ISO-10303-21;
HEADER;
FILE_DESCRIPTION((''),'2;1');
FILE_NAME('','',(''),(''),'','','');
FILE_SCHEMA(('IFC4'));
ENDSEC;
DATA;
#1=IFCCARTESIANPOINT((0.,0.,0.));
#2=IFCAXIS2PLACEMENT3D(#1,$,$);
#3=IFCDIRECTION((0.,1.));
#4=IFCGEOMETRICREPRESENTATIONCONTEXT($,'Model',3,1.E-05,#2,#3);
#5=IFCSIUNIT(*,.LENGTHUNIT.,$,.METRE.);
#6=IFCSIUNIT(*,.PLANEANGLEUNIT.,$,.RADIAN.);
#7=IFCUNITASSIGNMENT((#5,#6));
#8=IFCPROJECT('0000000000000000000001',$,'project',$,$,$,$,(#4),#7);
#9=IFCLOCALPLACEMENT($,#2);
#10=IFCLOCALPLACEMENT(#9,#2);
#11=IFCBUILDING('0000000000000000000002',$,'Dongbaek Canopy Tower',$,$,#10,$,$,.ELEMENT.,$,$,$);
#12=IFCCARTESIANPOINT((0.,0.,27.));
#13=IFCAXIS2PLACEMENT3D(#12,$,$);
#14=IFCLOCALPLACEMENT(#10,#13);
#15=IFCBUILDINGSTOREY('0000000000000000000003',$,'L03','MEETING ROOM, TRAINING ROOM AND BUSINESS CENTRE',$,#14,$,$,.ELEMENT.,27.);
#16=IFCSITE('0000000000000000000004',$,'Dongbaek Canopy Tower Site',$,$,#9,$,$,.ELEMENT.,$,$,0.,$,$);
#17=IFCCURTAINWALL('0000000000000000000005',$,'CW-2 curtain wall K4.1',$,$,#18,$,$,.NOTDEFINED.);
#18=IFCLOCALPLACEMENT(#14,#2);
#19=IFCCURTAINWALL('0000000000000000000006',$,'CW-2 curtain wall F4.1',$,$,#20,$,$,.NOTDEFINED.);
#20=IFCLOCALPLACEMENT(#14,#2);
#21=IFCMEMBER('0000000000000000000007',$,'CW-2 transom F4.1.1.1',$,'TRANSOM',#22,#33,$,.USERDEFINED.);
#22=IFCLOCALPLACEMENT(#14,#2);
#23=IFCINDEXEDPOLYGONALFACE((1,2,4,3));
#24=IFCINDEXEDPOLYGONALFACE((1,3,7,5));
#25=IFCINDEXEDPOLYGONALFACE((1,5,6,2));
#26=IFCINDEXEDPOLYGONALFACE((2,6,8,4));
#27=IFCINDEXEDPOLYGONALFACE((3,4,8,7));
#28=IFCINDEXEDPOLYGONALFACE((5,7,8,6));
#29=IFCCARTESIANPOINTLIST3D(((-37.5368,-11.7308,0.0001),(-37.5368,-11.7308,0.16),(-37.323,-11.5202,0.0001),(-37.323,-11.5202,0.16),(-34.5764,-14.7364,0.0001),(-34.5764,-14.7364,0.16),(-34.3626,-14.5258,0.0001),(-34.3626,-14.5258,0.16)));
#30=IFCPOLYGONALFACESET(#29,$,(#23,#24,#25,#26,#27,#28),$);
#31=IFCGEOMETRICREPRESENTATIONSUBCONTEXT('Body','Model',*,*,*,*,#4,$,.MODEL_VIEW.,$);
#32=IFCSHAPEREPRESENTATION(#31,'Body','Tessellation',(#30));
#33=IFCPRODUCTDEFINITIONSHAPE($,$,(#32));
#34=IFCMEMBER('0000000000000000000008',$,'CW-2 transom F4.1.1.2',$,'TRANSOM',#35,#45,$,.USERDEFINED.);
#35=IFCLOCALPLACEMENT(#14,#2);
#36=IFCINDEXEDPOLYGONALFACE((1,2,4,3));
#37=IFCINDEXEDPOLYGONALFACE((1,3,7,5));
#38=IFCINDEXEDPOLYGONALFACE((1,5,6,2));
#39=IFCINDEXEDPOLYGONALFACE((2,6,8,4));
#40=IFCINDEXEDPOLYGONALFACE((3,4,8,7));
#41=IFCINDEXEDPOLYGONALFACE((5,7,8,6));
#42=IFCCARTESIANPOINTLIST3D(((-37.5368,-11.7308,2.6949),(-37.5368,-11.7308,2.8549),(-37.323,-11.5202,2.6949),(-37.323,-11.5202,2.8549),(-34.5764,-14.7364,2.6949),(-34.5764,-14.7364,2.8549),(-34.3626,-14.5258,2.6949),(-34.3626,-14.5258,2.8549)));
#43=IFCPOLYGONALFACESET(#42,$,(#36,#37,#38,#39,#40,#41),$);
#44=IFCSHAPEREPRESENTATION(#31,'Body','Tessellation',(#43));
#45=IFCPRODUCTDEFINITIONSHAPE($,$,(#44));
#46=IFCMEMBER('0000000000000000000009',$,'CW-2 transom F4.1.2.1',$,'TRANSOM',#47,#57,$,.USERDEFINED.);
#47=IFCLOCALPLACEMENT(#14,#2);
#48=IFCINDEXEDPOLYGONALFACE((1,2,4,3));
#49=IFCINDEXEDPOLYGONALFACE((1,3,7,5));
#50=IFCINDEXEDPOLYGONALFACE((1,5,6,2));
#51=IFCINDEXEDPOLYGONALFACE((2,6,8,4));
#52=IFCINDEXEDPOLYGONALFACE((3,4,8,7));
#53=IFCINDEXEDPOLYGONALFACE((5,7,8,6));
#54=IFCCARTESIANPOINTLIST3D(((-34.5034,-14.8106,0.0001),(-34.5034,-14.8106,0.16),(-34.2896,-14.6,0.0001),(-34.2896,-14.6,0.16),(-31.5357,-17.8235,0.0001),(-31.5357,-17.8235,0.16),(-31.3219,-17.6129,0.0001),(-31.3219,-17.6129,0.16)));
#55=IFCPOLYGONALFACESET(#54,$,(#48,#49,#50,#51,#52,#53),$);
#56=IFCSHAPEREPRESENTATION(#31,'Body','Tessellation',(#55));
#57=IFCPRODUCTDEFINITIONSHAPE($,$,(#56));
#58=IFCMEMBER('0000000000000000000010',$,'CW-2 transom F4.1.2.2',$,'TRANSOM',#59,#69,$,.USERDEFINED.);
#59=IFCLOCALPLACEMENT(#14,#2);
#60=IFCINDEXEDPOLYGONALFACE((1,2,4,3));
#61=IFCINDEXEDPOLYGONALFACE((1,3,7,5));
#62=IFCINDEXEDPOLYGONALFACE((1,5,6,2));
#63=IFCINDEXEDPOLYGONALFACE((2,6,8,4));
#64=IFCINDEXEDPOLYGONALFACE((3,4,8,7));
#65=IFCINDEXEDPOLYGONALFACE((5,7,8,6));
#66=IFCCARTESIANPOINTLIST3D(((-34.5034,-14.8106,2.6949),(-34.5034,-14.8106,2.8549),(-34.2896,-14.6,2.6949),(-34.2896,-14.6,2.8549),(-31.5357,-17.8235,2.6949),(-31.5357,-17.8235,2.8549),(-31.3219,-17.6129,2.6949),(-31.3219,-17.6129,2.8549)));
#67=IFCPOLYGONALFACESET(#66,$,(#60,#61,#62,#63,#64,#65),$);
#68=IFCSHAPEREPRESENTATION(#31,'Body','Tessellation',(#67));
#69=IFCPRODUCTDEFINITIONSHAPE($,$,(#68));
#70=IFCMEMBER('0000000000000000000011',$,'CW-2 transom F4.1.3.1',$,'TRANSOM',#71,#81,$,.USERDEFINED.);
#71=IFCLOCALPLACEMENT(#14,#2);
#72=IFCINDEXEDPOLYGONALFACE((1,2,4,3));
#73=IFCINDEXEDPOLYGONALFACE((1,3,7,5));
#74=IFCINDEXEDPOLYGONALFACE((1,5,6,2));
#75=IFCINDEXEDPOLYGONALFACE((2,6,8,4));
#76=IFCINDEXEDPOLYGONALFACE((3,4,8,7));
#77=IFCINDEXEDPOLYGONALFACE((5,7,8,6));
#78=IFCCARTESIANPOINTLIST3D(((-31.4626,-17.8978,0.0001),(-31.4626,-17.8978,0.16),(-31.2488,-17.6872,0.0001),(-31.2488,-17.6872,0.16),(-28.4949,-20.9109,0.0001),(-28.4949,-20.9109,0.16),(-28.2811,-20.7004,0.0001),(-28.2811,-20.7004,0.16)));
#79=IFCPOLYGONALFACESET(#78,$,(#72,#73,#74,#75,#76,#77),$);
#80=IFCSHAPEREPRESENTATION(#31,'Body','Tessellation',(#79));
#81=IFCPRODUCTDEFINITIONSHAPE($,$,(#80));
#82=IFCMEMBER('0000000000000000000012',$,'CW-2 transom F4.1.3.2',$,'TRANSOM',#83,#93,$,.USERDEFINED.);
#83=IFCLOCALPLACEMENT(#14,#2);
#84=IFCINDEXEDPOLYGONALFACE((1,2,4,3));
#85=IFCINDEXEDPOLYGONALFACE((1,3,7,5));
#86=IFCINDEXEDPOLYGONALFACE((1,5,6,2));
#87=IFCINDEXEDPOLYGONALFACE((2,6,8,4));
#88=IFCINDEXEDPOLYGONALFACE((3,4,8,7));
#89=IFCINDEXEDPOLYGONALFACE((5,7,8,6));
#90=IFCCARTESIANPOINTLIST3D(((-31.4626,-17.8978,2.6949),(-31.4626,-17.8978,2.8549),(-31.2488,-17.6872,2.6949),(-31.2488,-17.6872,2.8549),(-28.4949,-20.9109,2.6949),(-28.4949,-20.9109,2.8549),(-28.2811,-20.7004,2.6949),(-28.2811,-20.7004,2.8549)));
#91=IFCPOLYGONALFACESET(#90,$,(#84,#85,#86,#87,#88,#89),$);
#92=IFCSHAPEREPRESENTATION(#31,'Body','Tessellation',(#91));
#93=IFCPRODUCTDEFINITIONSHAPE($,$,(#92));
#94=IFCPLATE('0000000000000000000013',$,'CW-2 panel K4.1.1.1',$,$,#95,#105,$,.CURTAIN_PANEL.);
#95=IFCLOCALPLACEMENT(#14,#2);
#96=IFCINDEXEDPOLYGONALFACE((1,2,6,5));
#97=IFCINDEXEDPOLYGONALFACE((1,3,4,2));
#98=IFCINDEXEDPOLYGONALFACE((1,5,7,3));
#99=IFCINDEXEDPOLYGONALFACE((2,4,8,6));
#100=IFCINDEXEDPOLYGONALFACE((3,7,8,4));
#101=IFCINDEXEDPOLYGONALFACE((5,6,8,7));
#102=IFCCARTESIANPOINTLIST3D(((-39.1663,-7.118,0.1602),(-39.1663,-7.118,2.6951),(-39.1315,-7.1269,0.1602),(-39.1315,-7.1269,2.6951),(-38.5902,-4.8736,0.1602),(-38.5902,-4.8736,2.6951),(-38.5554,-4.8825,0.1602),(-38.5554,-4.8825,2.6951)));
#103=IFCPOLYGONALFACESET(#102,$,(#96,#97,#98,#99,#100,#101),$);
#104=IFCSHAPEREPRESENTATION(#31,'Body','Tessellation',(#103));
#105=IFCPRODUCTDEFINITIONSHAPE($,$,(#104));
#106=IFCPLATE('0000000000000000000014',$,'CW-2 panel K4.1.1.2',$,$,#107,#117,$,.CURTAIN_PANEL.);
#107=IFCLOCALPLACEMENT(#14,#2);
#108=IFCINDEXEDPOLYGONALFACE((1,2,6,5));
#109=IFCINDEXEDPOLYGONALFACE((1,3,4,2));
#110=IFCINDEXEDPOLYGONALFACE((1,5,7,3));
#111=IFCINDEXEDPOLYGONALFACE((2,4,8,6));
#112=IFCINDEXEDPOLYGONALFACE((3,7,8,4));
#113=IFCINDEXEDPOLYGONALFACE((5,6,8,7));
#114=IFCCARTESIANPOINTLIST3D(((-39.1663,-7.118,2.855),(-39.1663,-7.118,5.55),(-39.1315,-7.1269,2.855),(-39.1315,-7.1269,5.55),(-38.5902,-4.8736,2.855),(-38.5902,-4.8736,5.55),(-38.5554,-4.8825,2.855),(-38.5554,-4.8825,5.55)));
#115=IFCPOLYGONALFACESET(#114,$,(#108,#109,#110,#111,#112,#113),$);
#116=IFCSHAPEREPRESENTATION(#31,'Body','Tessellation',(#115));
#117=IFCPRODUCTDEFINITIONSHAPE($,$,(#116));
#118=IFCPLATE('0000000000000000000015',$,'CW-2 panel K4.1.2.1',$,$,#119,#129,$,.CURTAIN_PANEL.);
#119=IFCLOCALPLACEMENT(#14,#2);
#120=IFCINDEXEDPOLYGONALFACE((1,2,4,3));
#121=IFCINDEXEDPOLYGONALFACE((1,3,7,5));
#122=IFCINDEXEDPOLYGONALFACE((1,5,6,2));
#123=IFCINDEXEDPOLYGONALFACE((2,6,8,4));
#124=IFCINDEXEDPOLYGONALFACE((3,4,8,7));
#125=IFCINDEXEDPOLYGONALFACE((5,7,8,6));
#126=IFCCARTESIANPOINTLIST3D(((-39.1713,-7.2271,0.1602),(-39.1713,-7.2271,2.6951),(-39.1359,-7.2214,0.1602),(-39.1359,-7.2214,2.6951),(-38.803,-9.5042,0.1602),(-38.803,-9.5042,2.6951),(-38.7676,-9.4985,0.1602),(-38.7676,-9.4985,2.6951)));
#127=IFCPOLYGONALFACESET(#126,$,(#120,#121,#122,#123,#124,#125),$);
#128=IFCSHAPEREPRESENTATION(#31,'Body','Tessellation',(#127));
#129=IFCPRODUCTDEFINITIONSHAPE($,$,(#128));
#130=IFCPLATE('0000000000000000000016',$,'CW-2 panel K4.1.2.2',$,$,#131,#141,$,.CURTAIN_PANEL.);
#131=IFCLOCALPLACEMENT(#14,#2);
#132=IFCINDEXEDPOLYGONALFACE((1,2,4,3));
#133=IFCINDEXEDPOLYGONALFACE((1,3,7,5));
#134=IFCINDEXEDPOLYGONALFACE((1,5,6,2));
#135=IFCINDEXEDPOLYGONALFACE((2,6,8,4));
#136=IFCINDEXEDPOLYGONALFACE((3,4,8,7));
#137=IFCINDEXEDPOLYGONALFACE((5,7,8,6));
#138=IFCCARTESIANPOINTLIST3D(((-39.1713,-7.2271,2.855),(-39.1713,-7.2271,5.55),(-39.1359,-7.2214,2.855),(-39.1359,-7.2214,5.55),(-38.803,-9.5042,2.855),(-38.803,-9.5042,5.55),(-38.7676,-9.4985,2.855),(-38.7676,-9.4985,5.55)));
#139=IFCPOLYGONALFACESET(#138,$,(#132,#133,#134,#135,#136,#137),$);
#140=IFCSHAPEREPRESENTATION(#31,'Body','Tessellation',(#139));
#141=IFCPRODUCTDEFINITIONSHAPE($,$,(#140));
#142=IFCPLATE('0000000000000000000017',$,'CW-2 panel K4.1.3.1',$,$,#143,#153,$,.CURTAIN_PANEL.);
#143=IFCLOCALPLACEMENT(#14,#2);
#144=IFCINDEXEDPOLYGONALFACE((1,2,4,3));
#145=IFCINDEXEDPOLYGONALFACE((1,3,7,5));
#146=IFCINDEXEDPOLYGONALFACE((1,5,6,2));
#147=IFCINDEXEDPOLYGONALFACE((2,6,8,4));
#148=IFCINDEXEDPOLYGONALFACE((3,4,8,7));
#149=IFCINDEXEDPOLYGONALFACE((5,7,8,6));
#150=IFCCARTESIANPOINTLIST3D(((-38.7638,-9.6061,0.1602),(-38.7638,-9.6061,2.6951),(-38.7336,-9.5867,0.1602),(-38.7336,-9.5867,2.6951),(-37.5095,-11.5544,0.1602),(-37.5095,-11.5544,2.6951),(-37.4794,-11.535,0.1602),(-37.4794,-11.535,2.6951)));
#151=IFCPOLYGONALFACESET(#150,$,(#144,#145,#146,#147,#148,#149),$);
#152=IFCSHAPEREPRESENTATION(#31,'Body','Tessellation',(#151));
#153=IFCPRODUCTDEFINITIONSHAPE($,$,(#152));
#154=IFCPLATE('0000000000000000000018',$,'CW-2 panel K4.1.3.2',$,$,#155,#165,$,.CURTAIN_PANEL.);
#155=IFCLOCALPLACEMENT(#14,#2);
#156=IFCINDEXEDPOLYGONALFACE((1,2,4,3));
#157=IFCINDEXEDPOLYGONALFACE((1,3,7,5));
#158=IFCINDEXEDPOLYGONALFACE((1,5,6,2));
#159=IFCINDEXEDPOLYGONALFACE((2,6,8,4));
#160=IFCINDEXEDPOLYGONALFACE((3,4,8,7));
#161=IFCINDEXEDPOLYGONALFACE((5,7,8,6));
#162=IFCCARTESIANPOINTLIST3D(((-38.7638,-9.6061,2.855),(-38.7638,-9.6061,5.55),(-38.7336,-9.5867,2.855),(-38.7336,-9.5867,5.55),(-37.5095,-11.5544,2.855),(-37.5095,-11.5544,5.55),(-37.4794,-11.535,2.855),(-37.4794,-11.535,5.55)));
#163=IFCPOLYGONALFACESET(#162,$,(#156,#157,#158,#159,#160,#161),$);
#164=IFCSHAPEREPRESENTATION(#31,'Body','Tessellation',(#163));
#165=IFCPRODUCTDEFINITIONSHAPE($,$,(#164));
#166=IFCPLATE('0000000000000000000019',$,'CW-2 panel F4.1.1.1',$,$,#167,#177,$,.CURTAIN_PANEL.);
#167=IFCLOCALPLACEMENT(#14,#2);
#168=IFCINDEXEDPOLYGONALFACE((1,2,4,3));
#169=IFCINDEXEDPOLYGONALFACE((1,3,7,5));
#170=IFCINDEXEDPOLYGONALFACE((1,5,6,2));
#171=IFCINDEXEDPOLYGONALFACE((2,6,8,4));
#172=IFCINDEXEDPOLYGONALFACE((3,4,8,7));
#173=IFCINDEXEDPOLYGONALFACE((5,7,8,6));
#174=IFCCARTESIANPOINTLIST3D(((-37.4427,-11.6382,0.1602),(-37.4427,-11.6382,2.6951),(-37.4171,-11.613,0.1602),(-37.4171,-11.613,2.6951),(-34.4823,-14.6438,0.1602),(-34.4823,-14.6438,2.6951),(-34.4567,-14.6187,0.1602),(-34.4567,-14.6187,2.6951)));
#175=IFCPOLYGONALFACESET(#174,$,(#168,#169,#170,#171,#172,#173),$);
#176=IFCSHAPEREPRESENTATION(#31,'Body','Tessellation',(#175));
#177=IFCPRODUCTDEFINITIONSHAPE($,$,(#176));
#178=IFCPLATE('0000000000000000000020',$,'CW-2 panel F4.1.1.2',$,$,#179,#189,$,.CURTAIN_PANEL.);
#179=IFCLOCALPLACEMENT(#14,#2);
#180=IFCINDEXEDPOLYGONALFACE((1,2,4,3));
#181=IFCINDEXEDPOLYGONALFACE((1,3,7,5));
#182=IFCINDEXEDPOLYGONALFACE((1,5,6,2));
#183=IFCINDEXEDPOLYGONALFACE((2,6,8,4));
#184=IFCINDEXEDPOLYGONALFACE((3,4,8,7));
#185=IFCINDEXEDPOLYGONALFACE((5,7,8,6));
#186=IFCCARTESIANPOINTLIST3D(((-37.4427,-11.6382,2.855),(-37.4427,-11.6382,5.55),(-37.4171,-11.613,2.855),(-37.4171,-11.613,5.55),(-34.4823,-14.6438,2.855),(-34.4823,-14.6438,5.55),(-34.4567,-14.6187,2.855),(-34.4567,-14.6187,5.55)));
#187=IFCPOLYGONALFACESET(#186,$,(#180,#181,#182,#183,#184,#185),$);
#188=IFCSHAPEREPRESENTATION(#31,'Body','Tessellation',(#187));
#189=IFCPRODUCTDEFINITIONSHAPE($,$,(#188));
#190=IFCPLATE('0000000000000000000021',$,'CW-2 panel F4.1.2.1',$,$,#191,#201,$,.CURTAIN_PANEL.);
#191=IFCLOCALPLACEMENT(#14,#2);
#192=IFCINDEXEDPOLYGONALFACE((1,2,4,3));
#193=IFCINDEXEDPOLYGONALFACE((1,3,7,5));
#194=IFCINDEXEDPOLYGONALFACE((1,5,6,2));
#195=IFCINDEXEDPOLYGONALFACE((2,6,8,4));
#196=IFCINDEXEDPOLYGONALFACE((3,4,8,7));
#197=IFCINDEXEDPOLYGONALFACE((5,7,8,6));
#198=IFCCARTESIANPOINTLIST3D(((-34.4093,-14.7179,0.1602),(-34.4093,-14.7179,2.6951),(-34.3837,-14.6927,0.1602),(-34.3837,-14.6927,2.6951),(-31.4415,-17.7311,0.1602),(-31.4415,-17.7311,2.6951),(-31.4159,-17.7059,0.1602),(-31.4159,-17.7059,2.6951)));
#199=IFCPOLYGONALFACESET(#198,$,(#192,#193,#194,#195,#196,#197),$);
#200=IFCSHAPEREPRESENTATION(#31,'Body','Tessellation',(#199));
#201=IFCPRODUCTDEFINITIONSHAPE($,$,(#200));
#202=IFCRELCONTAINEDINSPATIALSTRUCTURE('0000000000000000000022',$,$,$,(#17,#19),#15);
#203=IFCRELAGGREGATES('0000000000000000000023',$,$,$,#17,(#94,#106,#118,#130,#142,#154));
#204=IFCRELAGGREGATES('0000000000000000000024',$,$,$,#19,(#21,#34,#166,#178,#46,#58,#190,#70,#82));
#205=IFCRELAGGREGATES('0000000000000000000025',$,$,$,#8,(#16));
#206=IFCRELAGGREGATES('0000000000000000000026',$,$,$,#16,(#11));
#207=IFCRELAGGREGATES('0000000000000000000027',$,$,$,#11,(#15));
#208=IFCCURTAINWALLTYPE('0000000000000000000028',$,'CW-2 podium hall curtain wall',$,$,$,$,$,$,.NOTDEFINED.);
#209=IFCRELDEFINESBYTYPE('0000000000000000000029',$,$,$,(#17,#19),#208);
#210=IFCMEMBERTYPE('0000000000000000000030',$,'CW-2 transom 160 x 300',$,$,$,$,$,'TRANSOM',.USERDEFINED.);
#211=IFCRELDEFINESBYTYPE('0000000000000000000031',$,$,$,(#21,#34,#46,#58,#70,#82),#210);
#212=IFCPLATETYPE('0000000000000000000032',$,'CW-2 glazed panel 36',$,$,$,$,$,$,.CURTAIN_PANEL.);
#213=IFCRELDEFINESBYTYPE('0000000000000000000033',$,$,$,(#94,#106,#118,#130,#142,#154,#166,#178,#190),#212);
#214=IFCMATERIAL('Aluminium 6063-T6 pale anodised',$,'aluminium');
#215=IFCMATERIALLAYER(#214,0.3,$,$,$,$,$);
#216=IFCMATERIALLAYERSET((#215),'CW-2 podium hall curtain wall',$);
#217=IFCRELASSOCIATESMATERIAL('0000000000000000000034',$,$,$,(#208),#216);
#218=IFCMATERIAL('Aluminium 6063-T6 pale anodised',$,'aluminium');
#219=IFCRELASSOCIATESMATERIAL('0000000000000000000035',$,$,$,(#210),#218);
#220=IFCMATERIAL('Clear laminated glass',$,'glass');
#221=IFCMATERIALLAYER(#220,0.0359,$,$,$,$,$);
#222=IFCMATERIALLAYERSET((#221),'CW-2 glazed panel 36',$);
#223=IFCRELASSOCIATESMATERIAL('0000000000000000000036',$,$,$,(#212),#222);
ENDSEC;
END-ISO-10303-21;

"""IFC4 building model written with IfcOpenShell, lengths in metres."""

from ifc_helpers import new_model, si_unit, direction, frame, origin, origin_2d, place, context, subcontext, project, spatial, rectangle, extrude, material, layer, layer_set, material_profile, profile_set, type_object, element, aggregate, save


model = new_model("IFC4")

# Units and contexts
model_context = context("Model", 3, precision=1e-05, world=origin(), true_north=direction((0.0, 1.0)))
body_context = subcontext(model_context, "Body", "Model", "MODEL_VIEW")
ifc_project = project(units=[si_unit("LENGTHUNIT", "METRE"), si_unit("PLANEANGLEUNIT", "RADIAN")], contexts=[model_context])

# Site, building, storey
site_placement = place(None, origin())
site = spatial("IfcSite", under=ifc_project, at=site_placement, Name="Dongbaek Canopy Tower Site", CompositionType="ELEMENT", RefElevation=0.0)
building_placement = place(site_placement, origin())
building = spatial("IfcBuilding", under=site, at=building_placement, Name="Dongbaek Canopy Tower", CompositionType="ELEMENT")
storey_placement = place(building_placement, frame((0.0, 0.0, 27.0)))
storey = spatial("IfcBuildingStorey", under=building, at=storey_placement, Name="L03", Description="MEETING ROOM, TRAINING ROOM AND BUSINESS CENTRE", CompositionType="ELEMENT", Elevation=27.0)

# Shared definitions
ifc_material_1 = material(Name="Aluminium 6063-T6 pale anodised", Category="aluminium")
ifc_layer_1 = layer(ifc_material_1, 0.3)
ifc_layer_set_1 = layer_set([ifc_layer_1], Name="CW-2 podium hall curtain wall")
curtain_wall_type = type_object("IfcCurtainWallType", Name="CW-2 podium hall curtain wall", PredefinedType="NOTDEFINED", material=ifc_layer_set_1)

# Curtain walls
curtain_wall_1_placement = place(storey_placement, origin())
curtain_wall_1 = element("IfcCurtainWall", 1, at=curtain_wall_1_placement, inside=storey, type_object=curtain_wall_type, Name="CW-2 curtain wall K4.1", PredefinedType="NOTDEFINED")
curtain_wall_2_placement = place(storey_placement, origin())
curtain_wall_2 = element("IfcCurtainWall", 2, at=curtain_wall_2_placement, inside=storey, type_object=curtain_wall_type, Name="CW-2 curtain wall F4.1", PredefinedType="NOTDEFINED")

# Members
ifc_material_2 = material(Name="Aluminium 6063-T6 pale anodised", Category="aluminium")
ifc_material_profile_1 = material_profile(ifc_material_2, rectangle(XDim=0.3, YDim=0.1599, at=origin_2d()), Name="CW-2 transom 160 x 300")
ifc_profile_set_1 = profile_set([ifc_material_profile_1], Name="Aluminium 6063-T6 pale anodised")
member_type_1 = type_object("IfcMemberType", Name="CW-2 transom 160 x 300", ElementType="TRANSOM", PredefinedType="USERDEFINED", material=ifc_profile_set_1)
member_1_placement = place(storey_placement, frame((-37.4299, -11.6255, 0.0801), z_axis=(0.701734, -0.71244, 0.0), x_axis=(0.71244, 0.701734, 0.0)))
member_1 = element("IfcMember", 3, at=member_1_placement, type_object=member_type_1, Name="CW-2 transom F4.1.1.1", ObjectType="TRANSOM", PredefinedType="USERDEFINED", context=body_context, shape_type="SweptSolid", body=[
    extrude(rectangle(XDim=0.3, YDim=0.1599, at=origin_2d()), origin(), (0.0, 0.0, 1.0), 4.2188),
])
member_2_placement = place(storey_placement, frame((-37.4299, -11.6255, 2.7749), z_axis=(0.701734, -0.71244, 0.0), x_axis=(0.71244, 0.701734, 0.0)))
member_2 = element("IfcMember", 4, at=member_2_placement, type_object=member_type_1, Name="CW-2 transom F4.1.1.2", ObjectType="TRANSOM", PredefinedType="USERDEFINED", context=body_context, shape_type="SweptSolid", body=[
    extrude(rectangle(XDim=0.3, YDim=0.1599, at=origin_2d()), origin(), (0.0, 0.0, 1.0), 4.2188),
])
member_3_placement = place(storey_placement, frame((-34.3965, -14.7053, 0.0801), z_axis=(0.701747, -0.712426, 0.0), x_axis=(0.712426, 0.701747, 0.0)))
member_3 = element("IfcMember", 5, at=member_3_placement, type_object=member_type_1, Name="CW-2 transom F4.1.2.1", ObjectType="TRANSOM", PredefinedType="USERDEFINED", context=body_context, shape_type="SweptSolid", body=[
    extrude(rectangle(XDim=0.3, YDim=0.1599, at=origin_2d()), origin(), (0.0, 0.0, 1.0), 4.229),
])
member_4_placement = place(storey_placement, frame((-34.3965, -14.7053, 2.7749), z_axis=(0.701747, -0.712426, 0.0), x_axis=(0.712426, 0.701747, 0.0)))
member_4 = element("IfcMember", 6, at=member_4_placement, type_object=member_type_1, Name="CW-2 transom F4.1.2.2", ObjectType="TRANSOM", PredefinedType="USERDEFINED", context=body_context, shape_type="SweptSolid", body=[
    extrude(rectangle(XDim=0.3, YDim=0.1599, at=origin_2d()), origin(), (0.0, 0.0, 1.0), 4.229),
])
member_5_placement = place(storey_placement, frame((-31.3557, -17.7925, 0.0801), z_axis=(0.701718, -0.712455, 0.0), x_axis=(0.712455, 0.701718, 0.0)))
member_5 = element("IfcMember", 7, at=member_5_placement, type_object=member_type_1, Name="CW-2 transom F4.1.3.1", ObjectType="TRANSOM", PredefinedType="USERDEFINED", context=body_context, shape_type="SweptSolid", body=[
    extrude(rectangle(XDim=0.3, YDim=0.1599, at=origin_2d()), origin(), (0.0, 0.0, 1.0), 4.2292),
])
member_6_placement = place(storey_placement, frame((-31.3557, -17.7925, 2.7749), z_axis=(0.701718, -0.712455, 0.0), x_axis=(0.712455, 0.701718, 0.0)))
member_6 = element("IfcMember", 8, at=member_6_placement, type_object=member_type_1, Name="CW-2 transom F4.1.3.2", ObjectType="TRANSOM", PredefinedType="USERDEFINED", context=body_context, shape_type="SweptSolid", body=[
    extrude(rectangle(XDim=0.3, YDim=0.1599, at=origin_2d()), origin(), (0.0, 0.0, 1.0), 4.2292),
])

# Plates
ifc_material_3 = material(Name="Clear laminated glass", Category="glass")
ifc_layer_2 = layer(ifc_material_3, 0.0359)
ifc_layer_set_2 = layer_set([ifc_layer_2], Name="CW-2 glazed panel 36")
plate_type = type_object("IfcPlateType", Name="CW-2 glazed panel 36", PredefinedType="CURTAIN_PANEL", material=ifc_layer_set_2)
plate_1_placement = place(storey_placement, frame((-38.8608, -6.0002, 0.1602), z_axis=(0.0, 0.0, 1.0), x_axis=(-0.248641, -0.968596, 0.0)))
plate_1 = element("IfcPlate", 9, at=plate_1_placement, type_object=plate_type, Name="CW-2 panel K4.1.1.1", PredefinedType="CURTAIN_PANEL", context=body_context, shape_type="SweptSolid", body=[
    extrude(rectangle(XDim=2.3171, YDim=0.0359, at=origin_2d()), origin(), (0.0, 0.0, 1.0), 2.5349),
])
plate_2_placement = place(storey_placement, frame((-38.8608, -6.0002, 2.855), z_axis=(0.0, 0.0, 1.0), x_axis=(-0.248641, -0.968596, 0.0)))
plate_2 = element("IfcPlate", 10, at=plate_2_placement, type_object=plate_type, Name="CW-2 panel K4.1.1.2", PredefinedType="CURTAIN_PANEL", context=body_context, shape_type="SweptSolid", body=[
    extrude(rectangle(XDim=2.3171, YDim=0.0359, at=origin_2d()), origin(), (0.0, 0.0, 1.0), 2.6951),
])
plate_3_placement = place(storey_placement, frame((-38.9695, -8.3628, 0.1602), z_axis=(0.0, 0.0, 1.0), x_axis=(0.159671, -0.98717, 0.0)))
plate_3 = element("IfcPlate", 11, at=plate_3_placement, type_object=plate_type, Name="CW-2 panel K4.1.2.1", PredefinedType="CURTAIN_PANEL", context=body_context, shape_type="SweptSolid", body=[
    extrude(rectangle(XDim=2.3066, YDim=0.0359, at=origin_2d()), origin(), (0.0, 0.0, 1.0), 2.5349),
])
plate_4_placement = place(storey_placement, frame((-38.9695, -8.3628, 2.855), z_axis=(0.0, 0.0, 1.0), x_axis=(0.159671, -0.98717, 0.0)))
plate_4 = element("IfcPlate", 12, at=plate_4_placement, type_object=plate_type, Name="CW-2 panel K4.1.2.2", PredefinedType="CURTAIN_PANEL", context=body_context, shape_type="SweptSolid", body=[
    extrude(rectangle(XDim=2.3066, YDim=0.0359, at=origin_2d()), origin(), (0.0, 0.0, 1.0), 2.6951),
])
plate_5_placement = place(storey_placement, frame((-38.1216, -10.5706, 0.1602), z_axis=(0.0, 0.0, 1.0), x_axis=(0.541306, -0.840826, 0.0)))
plate_5 = element("IfcPlate", 13, at=plate_5_placement, type_object=plate_type, Name="CW-2 panel K4.1.3.1", PredefinedType="CURTAIN_PANEL", context=body_context, shape_type="SweptSolid", body=[
    extrude(rectangle(XDim=2.3171, YDim=0.0359, at=origin_2d()), origin(), (0.0, 0.0, 1.0), 2.5349),
])
plate_6_placement = place(storey_placement, frame((-38.1216, -10.5706, 2.855), z_axis=(0.0, 0.0, 1.0), x_axis=(0.541306, -0.840826, 0.0)))
plate_6 = element("IfcPlate", 14, at=plate_6_placement, type_object=plate_type, Name="CW-2 panel K4.1.3.2", PredefinedType="CURTAIN_PANEL", context=body_context, shape_type="SweptSolid", body=[
    extrude(rectangle(XDim=2.3171, YDim=0.0359, at=origin_2d()), origin(), (0.0, 0.0, 1.0), 2.6951),
])
aggregate(curtain_wall_1, [plate_1, plate_2, plate_3, plate_4, plate_5, plate_6])
plate_7_placement = place(storey_placement, frame((-35.9497, -13.1284, 0.1602), z_axis=(0.0, 0.0, 1.0), x_axis=(0.701718, -0.712455, 0.0)))
plate_7 = element("IfcPlate", 15, at=plate_7_placement, type_object=plate_type, Name="CW-2 panel F4.1.1.1", PredefinedType="CURTAIN_PANEL", context=body_context, shape_type="SweptSolid", body=[
    extrude(rectangle(XDim=4.2188, YDim=0.0359, at=origin_2d()), origin(), (0.0, 0.0, 1.0), 2.5349),
])
plate_8_placement = place(storey_placement, frame((-35.9497, -13.1284, 2.855), z_axis=(0.0, 0.0, 1.0), x_axis=(0.701718, -0.712455, 0.0)))
plate_8 = element("IfcPlate", 16, at=plate_8_placement, type_object=plate_type, Name="CW-2 panel F4.1.1.2", PredefinedType="CURTAIN_PANEL", context=body_context, shape_type="SweptSolid", body=[
    extrude(rectangle(XDim=4.2188, YDim=0.0359, at=origin_2d()), origin(), (0.0, 0.0, 1.0), 2.6951),
])
plate_9_placement = place(storey_placement, frame((-32.9126, -16.2119, 0.1602), z_axis=(0.0, 0.0, 1.0), x_axis=(0.701718, -0.712455, 0.0)))
plate_9 = element("IfcPlate", 17, at=plate_9_placement, type_object=plate_type, Name="CW-2 panel F4.1.2.1", PredefinedType="CURTAIN_PANEL", context=body_context, shape_type="SweptSolid", body=[
    extrude(rectangle(XDim=4.2292, YDim=0.0359, at=origin_2d()), origin(), (0.0, 0.0, 1.0), 2.5349),
])
aggregate(curtain_wall_2, [member_1, member_2, plate_7, plate_8, member_3, member_4, plate_9, member_5, member_6])

save(model, "model.ifc")
